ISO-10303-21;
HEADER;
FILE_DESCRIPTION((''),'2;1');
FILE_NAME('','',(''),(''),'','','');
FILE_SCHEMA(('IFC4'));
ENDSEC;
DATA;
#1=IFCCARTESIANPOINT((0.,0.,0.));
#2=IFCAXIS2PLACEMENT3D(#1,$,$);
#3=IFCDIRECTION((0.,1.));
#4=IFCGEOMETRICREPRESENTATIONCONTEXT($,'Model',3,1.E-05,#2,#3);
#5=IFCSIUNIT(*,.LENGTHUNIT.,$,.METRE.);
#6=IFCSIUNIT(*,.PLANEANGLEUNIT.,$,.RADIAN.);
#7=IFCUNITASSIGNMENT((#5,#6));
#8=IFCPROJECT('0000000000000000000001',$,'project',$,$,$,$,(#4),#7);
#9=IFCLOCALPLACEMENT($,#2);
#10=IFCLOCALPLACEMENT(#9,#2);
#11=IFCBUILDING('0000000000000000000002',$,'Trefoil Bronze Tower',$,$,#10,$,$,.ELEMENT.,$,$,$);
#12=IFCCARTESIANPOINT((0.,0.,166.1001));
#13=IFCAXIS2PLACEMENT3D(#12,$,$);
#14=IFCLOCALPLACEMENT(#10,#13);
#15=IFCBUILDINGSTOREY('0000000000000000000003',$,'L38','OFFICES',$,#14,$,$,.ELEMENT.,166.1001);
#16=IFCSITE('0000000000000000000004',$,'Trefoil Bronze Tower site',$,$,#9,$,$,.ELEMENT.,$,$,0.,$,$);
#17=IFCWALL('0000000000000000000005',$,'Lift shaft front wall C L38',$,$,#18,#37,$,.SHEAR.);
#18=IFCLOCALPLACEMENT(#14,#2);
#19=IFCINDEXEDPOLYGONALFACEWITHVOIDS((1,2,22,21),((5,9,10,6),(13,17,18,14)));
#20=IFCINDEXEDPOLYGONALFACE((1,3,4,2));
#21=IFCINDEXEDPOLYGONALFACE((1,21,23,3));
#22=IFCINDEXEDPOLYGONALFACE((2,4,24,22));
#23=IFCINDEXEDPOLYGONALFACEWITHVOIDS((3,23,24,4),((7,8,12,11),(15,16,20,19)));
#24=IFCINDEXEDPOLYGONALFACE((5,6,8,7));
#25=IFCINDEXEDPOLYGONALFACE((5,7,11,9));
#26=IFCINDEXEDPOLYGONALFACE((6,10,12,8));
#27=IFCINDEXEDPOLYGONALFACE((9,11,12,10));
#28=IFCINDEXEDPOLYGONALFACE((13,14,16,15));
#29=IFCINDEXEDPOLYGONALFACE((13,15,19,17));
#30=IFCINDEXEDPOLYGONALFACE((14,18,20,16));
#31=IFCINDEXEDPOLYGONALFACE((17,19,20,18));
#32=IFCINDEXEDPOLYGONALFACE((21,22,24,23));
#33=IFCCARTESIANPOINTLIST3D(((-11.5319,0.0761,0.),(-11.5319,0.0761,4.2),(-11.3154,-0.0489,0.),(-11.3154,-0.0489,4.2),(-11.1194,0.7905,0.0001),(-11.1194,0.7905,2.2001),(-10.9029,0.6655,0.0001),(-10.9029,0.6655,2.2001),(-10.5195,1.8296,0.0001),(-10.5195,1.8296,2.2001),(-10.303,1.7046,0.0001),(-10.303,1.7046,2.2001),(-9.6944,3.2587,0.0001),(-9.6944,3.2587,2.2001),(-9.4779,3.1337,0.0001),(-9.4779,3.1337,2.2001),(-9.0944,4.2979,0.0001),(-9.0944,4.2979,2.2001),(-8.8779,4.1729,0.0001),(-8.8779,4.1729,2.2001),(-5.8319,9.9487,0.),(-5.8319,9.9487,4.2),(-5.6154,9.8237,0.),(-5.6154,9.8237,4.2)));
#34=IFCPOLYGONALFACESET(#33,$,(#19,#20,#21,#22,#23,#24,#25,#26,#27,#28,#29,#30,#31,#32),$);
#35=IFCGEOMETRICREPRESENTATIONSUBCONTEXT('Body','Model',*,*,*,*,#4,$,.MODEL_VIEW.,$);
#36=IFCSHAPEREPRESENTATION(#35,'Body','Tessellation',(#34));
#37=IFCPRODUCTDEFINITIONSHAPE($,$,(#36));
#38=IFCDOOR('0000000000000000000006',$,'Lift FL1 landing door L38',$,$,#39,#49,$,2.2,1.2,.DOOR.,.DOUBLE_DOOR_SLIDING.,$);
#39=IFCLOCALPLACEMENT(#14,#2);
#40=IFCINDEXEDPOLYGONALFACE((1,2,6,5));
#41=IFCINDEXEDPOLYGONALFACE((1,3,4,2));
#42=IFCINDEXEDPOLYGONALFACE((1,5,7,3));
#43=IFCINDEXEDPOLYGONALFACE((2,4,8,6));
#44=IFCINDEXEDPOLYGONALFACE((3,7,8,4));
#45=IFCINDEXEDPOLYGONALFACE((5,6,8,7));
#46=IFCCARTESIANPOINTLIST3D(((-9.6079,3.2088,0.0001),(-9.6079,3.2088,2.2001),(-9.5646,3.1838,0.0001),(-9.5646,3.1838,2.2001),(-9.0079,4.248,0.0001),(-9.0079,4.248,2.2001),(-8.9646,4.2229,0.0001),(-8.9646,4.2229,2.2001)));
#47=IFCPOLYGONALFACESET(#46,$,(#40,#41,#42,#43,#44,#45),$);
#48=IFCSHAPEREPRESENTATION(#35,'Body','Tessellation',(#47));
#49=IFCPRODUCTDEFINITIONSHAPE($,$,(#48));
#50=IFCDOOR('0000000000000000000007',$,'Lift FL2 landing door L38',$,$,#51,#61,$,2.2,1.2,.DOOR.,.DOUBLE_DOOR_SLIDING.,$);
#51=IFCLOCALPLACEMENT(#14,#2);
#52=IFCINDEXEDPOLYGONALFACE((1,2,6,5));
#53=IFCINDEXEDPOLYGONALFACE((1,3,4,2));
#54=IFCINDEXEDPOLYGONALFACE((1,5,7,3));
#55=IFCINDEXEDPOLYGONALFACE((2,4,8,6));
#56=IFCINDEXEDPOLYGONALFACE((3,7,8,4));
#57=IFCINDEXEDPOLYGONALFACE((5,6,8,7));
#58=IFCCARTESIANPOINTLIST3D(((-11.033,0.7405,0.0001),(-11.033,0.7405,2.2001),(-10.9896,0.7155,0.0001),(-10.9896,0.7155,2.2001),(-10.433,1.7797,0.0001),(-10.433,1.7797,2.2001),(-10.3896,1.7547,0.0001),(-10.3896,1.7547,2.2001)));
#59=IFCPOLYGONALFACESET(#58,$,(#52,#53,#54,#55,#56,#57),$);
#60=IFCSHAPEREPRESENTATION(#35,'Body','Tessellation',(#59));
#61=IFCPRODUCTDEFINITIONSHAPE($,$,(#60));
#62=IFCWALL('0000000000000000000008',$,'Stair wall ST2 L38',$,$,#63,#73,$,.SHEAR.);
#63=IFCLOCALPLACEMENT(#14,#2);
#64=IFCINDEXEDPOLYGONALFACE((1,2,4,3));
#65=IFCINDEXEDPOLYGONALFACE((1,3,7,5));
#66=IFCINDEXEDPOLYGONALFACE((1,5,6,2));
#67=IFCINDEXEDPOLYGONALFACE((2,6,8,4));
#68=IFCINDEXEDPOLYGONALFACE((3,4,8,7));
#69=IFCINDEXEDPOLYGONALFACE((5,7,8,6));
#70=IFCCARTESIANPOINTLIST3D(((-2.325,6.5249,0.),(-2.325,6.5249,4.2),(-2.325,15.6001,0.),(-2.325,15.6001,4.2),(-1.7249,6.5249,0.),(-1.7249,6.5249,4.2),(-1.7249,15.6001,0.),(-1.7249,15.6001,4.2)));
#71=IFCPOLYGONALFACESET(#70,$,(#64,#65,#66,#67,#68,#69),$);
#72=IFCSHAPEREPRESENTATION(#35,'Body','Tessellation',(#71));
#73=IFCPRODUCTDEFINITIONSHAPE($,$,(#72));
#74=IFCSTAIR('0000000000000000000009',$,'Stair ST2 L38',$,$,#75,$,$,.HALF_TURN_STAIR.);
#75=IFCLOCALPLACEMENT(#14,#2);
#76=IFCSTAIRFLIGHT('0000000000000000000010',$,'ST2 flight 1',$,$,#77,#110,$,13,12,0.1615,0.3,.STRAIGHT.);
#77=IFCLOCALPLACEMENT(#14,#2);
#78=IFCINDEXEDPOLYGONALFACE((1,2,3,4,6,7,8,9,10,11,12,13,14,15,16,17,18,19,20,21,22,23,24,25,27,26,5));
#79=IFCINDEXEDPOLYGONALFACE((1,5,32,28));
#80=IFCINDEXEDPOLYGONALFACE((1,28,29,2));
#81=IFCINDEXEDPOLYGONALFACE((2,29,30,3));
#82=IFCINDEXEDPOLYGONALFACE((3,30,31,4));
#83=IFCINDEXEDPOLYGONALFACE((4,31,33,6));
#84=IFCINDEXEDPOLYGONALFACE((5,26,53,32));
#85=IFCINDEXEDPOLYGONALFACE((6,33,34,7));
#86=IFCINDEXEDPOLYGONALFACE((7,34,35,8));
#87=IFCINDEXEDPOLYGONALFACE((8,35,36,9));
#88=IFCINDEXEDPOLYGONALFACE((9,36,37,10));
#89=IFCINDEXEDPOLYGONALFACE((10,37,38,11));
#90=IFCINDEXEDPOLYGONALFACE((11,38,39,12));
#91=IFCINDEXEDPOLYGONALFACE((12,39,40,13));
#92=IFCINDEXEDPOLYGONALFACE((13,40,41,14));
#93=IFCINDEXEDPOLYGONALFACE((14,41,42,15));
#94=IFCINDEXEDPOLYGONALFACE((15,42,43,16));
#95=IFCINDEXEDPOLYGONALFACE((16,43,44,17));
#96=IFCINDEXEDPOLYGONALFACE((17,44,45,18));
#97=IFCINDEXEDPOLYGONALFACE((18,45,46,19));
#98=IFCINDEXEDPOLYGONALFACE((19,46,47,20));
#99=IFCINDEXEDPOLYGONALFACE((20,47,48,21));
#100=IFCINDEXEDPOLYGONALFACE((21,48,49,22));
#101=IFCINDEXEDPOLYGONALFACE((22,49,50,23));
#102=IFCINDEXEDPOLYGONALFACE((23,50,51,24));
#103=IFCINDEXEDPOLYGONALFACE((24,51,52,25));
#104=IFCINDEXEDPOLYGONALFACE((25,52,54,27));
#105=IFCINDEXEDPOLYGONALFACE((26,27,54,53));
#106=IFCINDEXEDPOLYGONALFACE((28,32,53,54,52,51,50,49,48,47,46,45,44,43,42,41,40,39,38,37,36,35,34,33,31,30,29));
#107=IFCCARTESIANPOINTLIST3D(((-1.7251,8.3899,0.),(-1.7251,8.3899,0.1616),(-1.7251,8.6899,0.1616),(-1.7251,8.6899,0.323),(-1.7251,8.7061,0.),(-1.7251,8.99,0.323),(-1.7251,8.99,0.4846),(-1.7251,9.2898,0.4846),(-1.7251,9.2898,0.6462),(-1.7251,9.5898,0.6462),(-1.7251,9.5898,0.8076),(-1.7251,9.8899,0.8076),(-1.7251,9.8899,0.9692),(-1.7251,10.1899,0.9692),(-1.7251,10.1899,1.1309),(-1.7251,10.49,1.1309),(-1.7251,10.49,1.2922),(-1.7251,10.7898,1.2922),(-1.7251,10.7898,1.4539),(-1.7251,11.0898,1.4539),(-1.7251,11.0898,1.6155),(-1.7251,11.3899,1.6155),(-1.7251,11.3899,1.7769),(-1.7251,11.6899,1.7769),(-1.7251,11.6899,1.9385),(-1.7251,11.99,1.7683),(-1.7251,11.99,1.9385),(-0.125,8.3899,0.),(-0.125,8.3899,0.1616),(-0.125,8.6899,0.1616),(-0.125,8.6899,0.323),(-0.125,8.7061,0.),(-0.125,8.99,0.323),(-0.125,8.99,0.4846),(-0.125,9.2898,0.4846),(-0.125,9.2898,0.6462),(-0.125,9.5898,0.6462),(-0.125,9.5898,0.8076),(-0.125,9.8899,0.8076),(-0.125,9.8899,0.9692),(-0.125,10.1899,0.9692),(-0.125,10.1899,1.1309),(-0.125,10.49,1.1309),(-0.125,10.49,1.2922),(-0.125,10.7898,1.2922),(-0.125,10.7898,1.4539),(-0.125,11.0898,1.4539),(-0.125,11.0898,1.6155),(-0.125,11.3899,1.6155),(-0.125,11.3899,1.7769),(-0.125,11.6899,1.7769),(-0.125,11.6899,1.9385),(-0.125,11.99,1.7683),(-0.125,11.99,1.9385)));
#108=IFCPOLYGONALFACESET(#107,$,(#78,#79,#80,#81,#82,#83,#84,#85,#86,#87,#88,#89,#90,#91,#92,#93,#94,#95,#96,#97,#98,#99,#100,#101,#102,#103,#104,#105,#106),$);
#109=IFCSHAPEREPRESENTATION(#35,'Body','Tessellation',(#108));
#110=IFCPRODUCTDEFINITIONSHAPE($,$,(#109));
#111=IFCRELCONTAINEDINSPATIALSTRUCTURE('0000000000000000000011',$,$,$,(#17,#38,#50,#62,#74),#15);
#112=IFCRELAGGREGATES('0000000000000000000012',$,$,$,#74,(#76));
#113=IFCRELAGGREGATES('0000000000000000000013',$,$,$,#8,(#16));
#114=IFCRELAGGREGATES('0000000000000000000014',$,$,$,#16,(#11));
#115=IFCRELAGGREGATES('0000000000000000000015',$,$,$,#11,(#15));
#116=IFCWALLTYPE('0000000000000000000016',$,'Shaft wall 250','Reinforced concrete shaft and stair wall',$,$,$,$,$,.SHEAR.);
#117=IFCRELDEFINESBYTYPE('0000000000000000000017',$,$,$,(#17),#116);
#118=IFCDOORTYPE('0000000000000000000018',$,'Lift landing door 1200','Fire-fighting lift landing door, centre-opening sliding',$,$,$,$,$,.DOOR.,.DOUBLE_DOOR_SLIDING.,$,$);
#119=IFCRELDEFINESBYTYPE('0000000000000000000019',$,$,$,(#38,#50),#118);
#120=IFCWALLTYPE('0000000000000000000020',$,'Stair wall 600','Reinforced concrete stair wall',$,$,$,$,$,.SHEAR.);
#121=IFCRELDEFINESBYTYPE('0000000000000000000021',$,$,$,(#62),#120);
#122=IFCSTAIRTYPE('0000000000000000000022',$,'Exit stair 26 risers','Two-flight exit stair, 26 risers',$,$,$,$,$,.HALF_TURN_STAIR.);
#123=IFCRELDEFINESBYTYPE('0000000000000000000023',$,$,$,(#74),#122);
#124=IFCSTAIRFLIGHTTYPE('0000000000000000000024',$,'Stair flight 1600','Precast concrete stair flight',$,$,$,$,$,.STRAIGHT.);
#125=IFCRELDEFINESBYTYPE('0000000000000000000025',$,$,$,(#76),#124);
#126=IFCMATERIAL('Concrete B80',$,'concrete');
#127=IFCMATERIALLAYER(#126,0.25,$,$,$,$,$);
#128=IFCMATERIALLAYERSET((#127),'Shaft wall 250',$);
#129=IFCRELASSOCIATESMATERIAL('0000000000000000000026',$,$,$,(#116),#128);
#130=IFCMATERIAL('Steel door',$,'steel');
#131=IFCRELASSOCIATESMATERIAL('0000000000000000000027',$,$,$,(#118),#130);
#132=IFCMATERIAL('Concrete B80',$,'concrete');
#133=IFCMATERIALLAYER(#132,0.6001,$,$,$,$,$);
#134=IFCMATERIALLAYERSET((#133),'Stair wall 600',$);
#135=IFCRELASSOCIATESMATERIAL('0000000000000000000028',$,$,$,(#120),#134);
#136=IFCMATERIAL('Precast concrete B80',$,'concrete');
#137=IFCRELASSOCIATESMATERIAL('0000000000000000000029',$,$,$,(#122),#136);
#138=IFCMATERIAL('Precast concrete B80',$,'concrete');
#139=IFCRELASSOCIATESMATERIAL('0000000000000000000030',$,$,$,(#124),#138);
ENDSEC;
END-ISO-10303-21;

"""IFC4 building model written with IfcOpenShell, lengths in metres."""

from ifc_helpers import new_model, si_unit, direction, frame, frame_2d, origin, place, context, subcontext, project, spatial, polyline, rectangle, outline, extrude, material, layer, layer_set, type_object, element, fill, aggregate, save


model = new_model("IFC4")

# Units and contexts
model_context = context("Model", 3, precision=1e-05, world=origin(), true_north=direction((0.0, 1.0)))
body_context = subcontext(model_context, "Body", "Model", "MODEL_VIEW")
ifc_project = project(units=[si_unit("LENGTHUNIT", "METRE"), si_unit("PLANEANGLEUNIT", "RADIAN")], contexts=[model_context])

# Site, building, storey
site_placement = place(None, origin())
site = spatial("IfcSite", under=ifc_project, at=site_placement, Name="Trefoil Bronze Tower site", CompositionType="ELEMENT", RefElevation=0.0)
building_placement = place(site_placement, origin())
building = spatial("IfcBuilding", under=site, at=building_placement, Name="Trefoil Bronze Tower", CompositionType="ELEMENT")
storey_placement = place(building_placement, frame((0.0, 0.0, 166.1001)))
storey = spatial("IfcBuildingStorey", under=building, at=storey_placement, Name="L38", Description="OFFICES", CompositionType="ELEMENT", Elevation=166.1001)

# Wall, openings, doors
ifc_material_1 = material(Name="Concrete B80", Category="concrete")
ifc_layer_1 = layer(ifc_material_1, 0.25)
ifc_layer_set_1 = layer_set([ifc_layer_1], Name="Shaft wall 250")
wall_type_1 = type_object("IfcWallType", Name="Shaft wall 250", Description="Reinforced concrete shaft and stair wall", PredefinedType="SHEAR", material=ifc_layer_set_1)
wall_1_placement = place(storey_placement, frame((-5.7236, 9.8862, 0.0), z_axis=(0.0, 0.0, 1.0), x_axis=(-0.500002, -0.866024, 0.0)))
wall_1 = element("IfcWall", 1, at=wall_1_placement, inside=storey, type_object=wall_type_1, Name="Lift shaft front wall C L38", PredefinedType="SHEAR", context=body_context, shape_type="SweptSolid", body=[
    extrude(rectangle(XDim=11.3999, YDim=0.25, at=frame_2d((5.7, 0.0))), origin(), (0.0, 0.0, 1.0), 4.2),
])
opening_1_placement = place(wall_1_placement, frame((6.5249, 0.0, 0.0)))
opening_1 = element("IfcOpeningElement", 2, at=opening_1_placement, cuts=wall_1, PredefinedType="OPENING", context=body_context, shape_type="SweptSolid", body=[
    extrude(rectangle(XDim=1.2, YDim=2.2, at=frame_2d((0.6001, 1.1001))), frame((0.0, 0.135, 0.0), z_axis=(0.0, -1.0, 0.0), x_axis=(1.0, 0.0, 0.0)), (0.0, 0.0, 1.0), 0.27),
])
opening_2_placement = place(wall_1_placement, frame((9.375, 0.0, 0.0)))
opening_2 = element("IfcOpeningElement", 3, at=opening_2_placement, cuts=wall_1, PredefinedType="OPENING", context=body_context, shape_type="SweptSolid", body=[
    extrude(rectangle(XDim=1.2, YDim=2.2, at=frame_2d((0.6001, 1.1001))), frame((0.0, 0.135, 0.0), z_axis=(0.0, -1.0, 0.0), x_axis=(1.0, 0.0, 0.0)), (0.0, 0.0, 1.0), 0.27),
])
ifc_material_2 = material(Name="Steel door", Category="steel")
door_type_1 = type_object("IfcDoorType", Name="Lift landing door 1200", Description="Fire-fighting lift landing door, centre-opening sliding", OperationType="DOUBLE_DOOR_SLIDING", PredefinedType="DOOR", material=ifc_material_2)
door_1_placement = place(opening_1_placement, origin())
door_1 = element("IfcDoor", 4, at=door_1_placement, inside=storey, type_object=door_type_1, Name="Lift FL1 landing door L38", OperationType="DOUBLE_DOOR_SLIDING", OverallHeight=2.2, OverallWidth=1.2, PredefinedType="DOOR", context=body_context, shape_type="SweptSolid", body=[
    extrude(rectangle(XDim=1.2, YDim=2.2, at=frame_2d((0.6001, 1.1001))), frame((0.0, 0.0249, 0.0), z_axis=(0.0, -1.0, 0.0), x_axis=(1.0, 0.0, 0.0)), (0.0, 0.0, 1.0), 0.05),
])
fill(opening_1, door_1)
door_2_placement = place(opening_2_placement, origin())
door_2 = element("IfcDoor", 5, at=door_2_placement, inside=storey, type_object=door_type_1, Name="Lift FL2 landing door L38", OperationType="DOUBLE_DOOR_SLIDING", OverallHeight=2.2, OverallWidth=1.2, PredefinedType="DOOR", context=body_context, shape_type="SweptSolid", body=[
    extrude(rectangle(XDim=1.2, YDim=2.2, at=frame_2d((0.6001, 1.1001))), frame((0.0, 0.0249, 0.0), z_axis=(0.0, -1.0, 0.0), x_axis=(1.0, 0.0, 0.0)), (0.0, 0.0, 1.0), 0.05),
])
fill(opening_2, door_2)

# Wall
ifc_material_3 = material(Name="Concrete B80", Category="concrete")
ifc_layer_2 = layer(ifc_material_3, 0.6001)
ifc_layer_set_2 = layer_set([ifc_layer_2], Name="Stair wall 600")
wall_type_2 = type_object("IfcWallType", Name="Stair wall 600", Description="Reinforced concrete stair wall", PredefinedType="SHEAR", material=ifc_layer_set_2)
wall_2_placement = place(storey_placement, frame((-2.0249, 6.5249, 0.0), z_axis=(0.0, 0.0, 1.0), x_axis=(0.0, 1.0, 0.0)))
element("IfcWall", 6, at=wall_2_placement, inside=storey, type_object=wall_type_2, Name="Stair wall ST2 L38", PredefinedType="SHEAR", context=body_context, shape_type="SweptSolid", body=[
    extrude(rectangle(XDim=9.0752, YDim=0.6001, at=frame_2d((4.5376, 0.0))), origin(), (0.0, 0.0, 1.0), 4.2),
])

# Stair, stair flight
ifc_material_4 = material(Name="Precast concrete B80", Category="concrete")
stair_type = type_object("IfcStairType", Name="Exit stair 26 risers", Description="Two-flight exit stair, 26 risers", PredefinedType="HALF_TURN_STAIR", material=ifc_material_4)
stair_placement = place(storey_placement, origin())
stair = element("IfcStair", 7, at=stair_placement, inside=storey, type_object=stair_type, Name="Stair ST2 L38", PredefinedType="HALF_TURN_STAIR")
ifc_material_5 = material(Name="Precast concrete B80", Category="concrete")
stair_flight_type = type_object("IfcStairFlightType", Name="Stair flight 1600", Description="Precast concrete stair flight", PredefinedType="STRAIGHT", material=ifc_material_5)
stair_flight_placement = place(storey_placement, frame((-0.925, 8.3899, 0.0), z_axis=(0.0, 0.0, 1.0), x_axis=(0.0, 1.0, 0.0)))
stair_flight = element("IfcStairFlight", 8, at=stair_flight_placement, type_object=stair_flight_type, Name="ST2 flight 1", NumberOfRisers=13, NumberOfTreads=12, PredefinedType="STRAIGHT", RiserHeight=0.1615, TreadLength=0.3, context=body_context, shape_type="SweptSolid", body=[
    extrude(outline(polyline([(0.0, 0.0), (0.0, 0.1616), (0.3, 0.1616), (0.3, 0.323), (0.6001, 0.323), (0.6001, 0.4846), (0.8999, 0.4846), (0.8999, 0.6462), (1.2, 0.6462), (1.2, 0.8076), (1.5, 0.8076), (1.5, 0.9692), (1.8, 0.9692), (1.8, 1.1309), (2.1001, 1.1309), (2.1001, 1.2922), (2.3999, 1.2922), (2.3999, 1.4539), (2.7, 1.4539), (2.7, 1.6155), (3.0, 1.6155), (3.0, 1.7769), (3.3, 1.7769), (3.3, 1.9385), (3.6001, 1.9385), (3.6001, 2.1001), (3.6001, 1.7683), (0.3162, 0.0), (0.0, 0.0)])), frame((0.0, 0.8, 0.0), z_axis=(0.0, -1.0, 0.0), x_axis=(1.0, 0.0, 0.0)), (0.0, 0.0, 1.0), 1.6001),
])
aggregate(stair, [stair_flight])

save(model, "model.ifc")
